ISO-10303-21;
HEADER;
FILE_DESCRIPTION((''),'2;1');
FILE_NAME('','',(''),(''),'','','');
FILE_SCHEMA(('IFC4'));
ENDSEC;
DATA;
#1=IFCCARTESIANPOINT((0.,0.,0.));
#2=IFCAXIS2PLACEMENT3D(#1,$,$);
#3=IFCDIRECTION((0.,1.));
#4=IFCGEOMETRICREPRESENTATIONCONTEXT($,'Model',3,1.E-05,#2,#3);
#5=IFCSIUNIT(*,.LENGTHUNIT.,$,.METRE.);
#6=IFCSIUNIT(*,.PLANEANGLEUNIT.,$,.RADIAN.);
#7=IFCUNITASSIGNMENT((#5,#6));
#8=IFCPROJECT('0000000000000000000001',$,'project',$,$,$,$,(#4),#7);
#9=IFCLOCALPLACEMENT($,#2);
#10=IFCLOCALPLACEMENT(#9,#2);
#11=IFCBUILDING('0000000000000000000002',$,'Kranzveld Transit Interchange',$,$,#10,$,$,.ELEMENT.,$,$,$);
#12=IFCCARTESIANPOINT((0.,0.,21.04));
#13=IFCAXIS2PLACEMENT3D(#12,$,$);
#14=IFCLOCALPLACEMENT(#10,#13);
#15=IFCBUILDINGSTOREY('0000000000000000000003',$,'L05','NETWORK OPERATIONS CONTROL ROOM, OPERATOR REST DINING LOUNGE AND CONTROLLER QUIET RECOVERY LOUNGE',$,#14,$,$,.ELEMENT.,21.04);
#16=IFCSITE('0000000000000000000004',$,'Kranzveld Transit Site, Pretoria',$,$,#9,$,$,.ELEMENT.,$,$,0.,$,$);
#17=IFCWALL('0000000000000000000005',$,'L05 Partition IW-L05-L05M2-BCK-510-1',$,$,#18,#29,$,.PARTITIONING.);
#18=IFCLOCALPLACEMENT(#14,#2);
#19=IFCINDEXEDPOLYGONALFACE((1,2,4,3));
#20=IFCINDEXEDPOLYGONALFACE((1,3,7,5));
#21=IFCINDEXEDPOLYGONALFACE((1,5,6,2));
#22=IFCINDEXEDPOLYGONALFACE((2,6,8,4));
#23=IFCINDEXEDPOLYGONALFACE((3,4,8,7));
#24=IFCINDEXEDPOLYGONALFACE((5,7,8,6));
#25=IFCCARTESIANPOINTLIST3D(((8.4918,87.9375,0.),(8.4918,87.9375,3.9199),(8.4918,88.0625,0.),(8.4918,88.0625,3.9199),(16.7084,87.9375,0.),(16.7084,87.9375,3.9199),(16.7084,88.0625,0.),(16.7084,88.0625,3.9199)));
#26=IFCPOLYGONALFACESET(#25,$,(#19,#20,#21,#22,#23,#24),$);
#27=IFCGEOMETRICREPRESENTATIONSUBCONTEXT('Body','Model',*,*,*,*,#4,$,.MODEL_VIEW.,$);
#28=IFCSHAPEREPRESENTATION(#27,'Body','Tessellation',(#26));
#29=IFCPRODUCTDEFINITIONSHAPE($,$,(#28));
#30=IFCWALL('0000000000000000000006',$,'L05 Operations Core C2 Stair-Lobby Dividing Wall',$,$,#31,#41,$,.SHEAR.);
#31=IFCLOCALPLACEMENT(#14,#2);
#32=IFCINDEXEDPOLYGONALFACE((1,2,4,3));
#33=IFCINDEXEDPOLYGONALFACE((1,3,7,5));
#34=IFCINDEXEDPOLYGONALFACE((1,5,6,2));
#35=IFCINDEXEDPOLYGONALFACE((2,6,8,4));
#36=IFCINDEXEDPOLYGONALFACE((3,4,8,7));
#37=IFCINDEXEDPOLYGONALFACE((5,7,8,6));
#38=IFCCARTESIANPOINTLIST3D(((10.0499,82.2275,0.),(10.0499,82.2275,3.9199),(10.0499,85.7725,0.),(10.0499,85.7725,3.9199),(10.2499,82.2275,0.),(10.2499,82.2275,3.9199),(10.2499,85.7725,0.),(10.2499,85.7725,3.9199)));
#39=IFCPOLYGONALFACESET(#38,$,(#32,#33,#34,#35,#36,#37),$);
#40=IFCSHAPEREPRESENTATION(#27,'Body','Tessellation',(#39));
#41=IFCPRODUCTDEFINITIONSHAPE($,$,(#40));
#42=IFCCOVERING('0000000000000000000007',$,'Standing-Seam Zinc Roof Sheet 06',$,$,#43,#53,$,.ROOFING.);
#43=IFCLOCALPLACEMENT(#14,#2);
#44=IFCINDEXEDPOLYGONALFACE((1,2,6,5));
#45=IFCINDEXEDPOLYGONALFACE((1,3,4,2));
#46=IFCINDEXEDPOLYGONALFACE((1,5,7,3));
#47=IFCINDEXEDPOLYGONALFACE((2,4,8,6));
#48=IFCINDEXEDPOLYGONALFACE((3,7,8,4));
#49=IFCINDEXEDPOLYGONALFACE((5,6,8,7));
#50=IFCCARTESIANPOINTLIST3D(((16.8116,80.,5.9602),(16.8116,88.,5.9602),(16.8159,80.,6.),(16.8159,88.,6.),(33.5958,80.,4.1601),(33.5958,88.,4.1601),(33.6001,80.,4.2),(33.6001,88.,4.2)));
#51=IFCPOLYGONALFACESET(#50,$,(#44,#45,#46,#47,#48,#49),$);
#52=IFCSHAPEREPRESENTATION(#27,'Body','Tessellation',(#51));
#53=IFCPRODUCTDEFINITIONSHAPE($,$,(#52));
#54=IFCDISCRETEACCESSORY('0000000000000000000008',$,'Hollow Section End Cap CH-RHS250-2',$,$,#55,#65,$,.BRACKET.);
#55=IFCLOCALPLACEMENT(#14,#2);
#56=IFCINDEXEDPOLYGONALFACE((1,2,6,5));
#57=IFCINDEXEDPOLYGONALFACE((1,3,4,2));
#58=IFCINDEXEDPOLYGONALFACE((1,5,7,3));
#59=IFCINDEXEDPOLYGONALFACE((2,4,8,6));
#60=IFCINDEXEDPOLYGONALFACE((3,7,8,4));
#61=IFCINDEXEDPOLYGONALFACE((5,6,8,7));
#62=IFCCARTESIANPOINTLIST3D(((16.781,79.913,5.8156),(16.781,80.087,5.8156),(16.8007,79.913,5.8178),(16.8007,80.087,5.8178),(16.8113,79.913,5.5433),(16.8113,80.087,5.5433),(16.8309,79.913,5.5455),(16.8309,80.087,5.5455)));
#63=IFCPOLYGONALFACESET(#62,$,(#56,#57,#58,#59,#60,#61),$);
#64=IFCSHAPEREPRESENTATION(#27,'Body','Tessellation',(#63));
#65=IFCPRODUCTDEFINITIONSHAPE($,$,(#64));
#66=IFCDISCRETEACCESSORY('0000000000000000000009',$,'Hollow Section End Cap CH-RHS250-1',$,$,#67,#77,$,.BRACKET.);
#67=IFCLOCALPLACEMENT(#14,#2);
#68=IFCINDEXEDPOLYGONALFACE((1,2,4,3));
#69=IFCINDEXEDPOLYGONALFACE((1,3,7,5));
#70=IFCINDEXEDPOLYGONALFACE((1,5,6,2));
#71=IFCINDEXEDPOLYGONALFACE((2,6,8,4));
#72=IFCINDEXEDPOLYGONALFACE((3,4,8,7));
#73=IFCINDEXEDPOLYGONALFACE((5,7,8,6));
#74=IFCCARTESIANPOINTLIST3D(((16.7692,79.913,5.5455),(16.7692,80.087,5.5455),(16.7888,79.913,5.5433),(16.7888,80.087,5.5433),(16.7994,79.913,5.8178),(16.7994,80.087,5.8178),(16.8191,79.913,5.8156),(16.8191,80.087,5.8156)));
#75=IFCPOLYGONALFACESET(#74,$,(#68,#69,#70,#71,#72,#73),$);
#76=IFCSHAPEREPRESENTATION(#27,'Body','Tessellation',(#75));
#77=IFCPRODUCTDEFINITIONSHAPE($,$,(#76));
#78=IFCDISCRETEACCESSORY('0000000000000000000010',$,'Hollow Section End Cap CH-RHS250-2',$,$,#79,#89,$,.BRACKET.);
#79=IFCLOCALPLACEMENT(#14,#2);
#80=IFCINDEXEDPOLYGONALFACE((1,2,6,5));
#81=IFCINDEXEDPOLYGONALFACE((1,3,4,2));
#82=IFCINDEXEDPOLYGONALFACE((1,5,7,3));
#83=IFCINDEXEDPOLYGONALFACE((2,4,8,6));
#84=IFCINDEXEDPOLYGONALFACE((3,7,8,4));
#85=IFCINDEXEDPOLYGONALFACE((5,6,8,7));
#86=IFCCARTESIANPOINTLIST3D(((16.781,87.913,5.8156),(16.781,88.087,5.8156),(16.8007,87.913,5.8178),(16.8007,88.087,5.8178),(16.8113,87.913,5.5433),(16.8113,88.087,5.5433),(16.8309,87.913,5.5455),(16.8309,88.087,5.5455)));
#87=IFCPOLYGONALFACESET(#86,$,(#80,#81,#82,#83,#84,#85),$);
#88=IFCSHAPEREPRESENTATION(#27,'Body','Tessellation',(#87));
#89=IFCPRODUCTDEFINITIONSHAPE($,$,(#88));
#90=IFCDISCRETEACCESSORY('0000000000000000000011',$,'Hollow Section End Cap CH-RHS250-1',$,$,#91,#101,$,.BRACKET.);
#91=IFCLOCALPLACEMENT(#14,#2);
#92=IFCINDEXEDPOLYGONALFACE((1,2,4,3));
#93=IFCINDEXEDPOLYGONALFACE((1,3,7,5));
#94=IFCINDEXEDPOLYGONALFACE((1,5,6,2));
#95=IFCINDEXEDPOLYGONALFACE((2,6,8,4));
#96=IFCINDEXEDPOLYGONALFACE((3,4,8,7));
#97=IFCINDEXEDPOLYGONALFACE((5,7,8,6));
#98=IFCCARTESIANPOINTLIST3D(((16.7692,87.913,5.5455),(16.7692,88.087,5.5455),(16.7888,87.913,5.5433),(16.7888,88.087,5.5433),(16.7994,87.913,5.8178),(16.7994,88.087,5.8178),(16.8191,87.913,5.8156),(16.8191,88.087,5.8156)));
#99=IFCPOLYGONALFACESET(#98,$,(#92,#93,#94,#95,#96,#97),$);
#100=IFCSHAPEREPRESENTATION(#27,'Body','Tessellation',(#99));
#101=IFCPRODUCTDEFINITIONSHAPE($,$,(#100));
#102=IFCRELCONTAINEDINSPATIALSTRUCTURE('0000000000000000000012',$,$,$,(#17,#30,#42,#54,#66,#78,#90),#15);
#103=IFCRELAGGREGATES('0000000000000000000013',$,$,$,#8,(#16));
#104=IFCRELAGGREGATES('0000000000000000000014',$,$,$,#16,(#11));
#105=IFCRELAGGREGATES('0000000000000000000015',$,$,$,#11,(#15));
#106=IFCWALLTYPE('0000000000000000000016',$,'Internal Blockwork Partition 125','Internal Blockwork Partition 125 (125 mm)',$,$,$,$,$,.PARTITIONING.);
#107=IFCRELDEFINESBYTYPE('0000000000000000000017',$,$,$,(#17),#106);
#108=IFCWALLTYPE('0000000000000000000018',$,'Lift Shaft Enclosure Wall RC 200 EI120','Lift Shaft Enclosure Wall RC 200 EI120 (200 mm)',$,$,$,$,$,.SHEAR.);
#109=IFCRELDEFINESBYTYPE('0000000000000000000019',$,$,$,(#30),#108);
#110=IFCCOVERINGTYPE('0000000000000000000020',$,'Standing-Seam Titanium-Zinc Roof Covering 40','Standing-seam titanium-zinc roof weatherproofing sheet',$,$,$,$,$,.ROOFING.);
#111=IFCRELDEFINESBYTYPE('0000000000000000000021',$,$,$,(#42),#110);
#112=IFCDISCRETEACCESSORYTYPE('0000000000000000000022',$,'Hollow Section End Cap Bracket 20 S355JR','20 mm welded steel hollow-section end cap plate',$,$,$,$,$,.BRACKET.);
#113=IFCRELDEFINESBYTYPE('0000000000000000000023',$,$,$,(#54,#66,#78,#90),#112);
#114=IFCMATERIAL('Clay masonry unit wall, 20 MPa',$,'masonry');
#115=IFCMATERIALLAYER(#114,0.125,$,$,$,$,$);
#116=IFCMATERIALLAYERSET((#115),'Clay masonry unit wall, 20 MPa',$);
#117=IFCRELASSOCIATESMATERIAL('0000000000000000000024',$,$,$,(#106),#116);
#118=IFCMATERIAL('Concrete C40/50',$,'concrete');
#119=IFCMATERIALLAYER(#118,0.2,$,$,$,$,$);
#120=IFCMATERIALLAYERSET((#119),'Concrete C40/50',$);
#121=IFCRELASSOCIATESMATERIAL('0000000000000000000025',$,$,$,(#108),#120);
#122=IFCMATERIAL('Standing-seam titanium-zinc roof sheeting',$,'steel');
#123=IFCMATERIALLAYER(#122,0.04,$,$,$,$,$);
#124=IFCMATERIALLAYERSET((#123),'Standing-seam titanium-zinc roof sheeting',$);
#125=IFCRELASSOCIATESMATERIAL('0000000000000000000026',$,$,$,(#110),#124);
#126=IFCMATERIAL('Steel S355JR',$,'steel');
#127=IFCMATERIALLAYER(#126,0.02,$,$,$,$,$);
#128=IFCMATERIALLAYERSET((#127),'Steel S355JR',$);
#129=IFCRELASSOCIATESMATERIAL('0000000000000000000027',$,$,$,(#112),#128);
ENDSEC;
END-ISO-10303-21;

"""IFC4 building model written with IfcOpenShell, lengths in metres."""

from ifc_helpers import new_model, si_unit, direction, frame, frame_2d, origin, origin_2d, place, context, subcontext, project, spatial, polyline, rectangle, outline, extrude, material, layer, layer_set, type_object, element, save


model = new_model("IFC4")

# Units and contexts
model_context = context("Model", 3, precision=1e-05, world=origin(), true_north=direction((0.0, 1.0)))
body_context = subcontext(model_context, "Body", "Model", "MODEL_VIEW")
ifc_project = project(units=[si_unit("LENGTHUNIT", "METRE"), si_unit("PLANEANGLEUNIT", "RADIAN")], contexts=[model_context])

# Site, building, storey
site_placement = place(None, origin())
site = spatial("IfcSite", under=ifc_project, at=site_placement, Name="Kranzveld Transit Site, Pretoria", CompositionType="ELEMENT", RefElevation=0.0)
building_placement = place(site_placement, origin())
building = spatial("IfcBuilding", under=site, at=building_placement, Name="Kranzveld Transit Interchange", CompositionType="ELEMENT")
storey_placement = place(building_placement, frame((0.0, 0.0, 21.04)))
storey = spatial("IfcBuildingStorey", under=building, at=storey_placement, Name="L05", Description="NETWORK OPERATIONS CONTROL ROOM, OPERATOR REST DINING LOUNGE AND CONTROLLER QUIET RECOVERY LOUNGE", CompositionType="ELEMENT", Elevation=21.04)

# Walls
ifc_material_1 = material(Name="Clay masonry unit wall, 20 MPa", Category="masonry")
ifc_layer_1 = layer(ifc_material_1, 0.125)
ifc_layer_set_1 = layer_set([ifc_layer_1], Name="Clay masonry unit wall, 20 MPa")
wall_type_1 = type_object("IfcWallType", Name="Internal Blockwork Partition 125", Description="Internal Blockwork Partition 125 (125 mm)", PredefinedType="PARTITIONING", material=ifc_layer_set_1)
wall_1_placement = place(storey_placement, frame((8.4917, 88.0, 0.0), z_axis=(0.0, 0.0, 1.0), x_axis=(1.0, 0.0, 0.0)))
element("IfcWall", 1, at=wall_1_placement, inside=storey, type_object=wall_type_1, Name="L05 Partition IW-L05-L05M2-BCK-510-1", PredefinedType="PARTITIONING", context=body_context, shape_type="SweptSolid", body=[
    extrude(rectangle(XDim=8.2166, YDim=0.125, at=frame_2d((4.1084, 0.0))), origin(), (0.0, 0.0, 1.0), 3.9199),
])
ifc_material_2 = material(Name="Concrete C40/50", Category="concrete")
ifc_layer_2 = layer(ifc_material_2, 0.2)
ifc_layer_set_2 = layer_set([ifc_layer_2], Name="Concrete C40/50")
wall_type_2 = type_object("IfcWallType", Name="Lift Shaft Enclosure Wall RC 200 EI120", Description="Lift Shaft Enclosure Wall RC 200 EI120 (200 mm)", PredefinedType="SHEAR", material=ifc_layer_set_2)
wall_2_placement = place(storey_placement, frame((10.1499, 82.2275, 0.0), z_axis=(0.0, 0.0, 1.0), x_axis=(0.0, 1.0, 0.0)))
element("IfcWall", 2, at=wall_2_placement, inside=storey, type_object=wall_type_2, Name="L05 Operations Core C2 Stair-Lobby Dividing Wall", PredefinedType="SHEAR", context=body_context, shape_type="SweptSolid", body=[
    extrude(rectangle(XDim=3.5449, YDim=0.2, at=frame_2d((1.7725, 0.0))), origin(), (0.0, 0.0, 1.0), 3.9199),
])

# Covering
ifc_material_3 = material(Name="Standing-seam titanium-zinc roof sheeting", Category="steel")
ifc_layer_3 = layer(ifc_material_3, 0.04)
ifc_layer_set_3 = layer_set([ifc_layer_3], Name="Standing-seam titanium-zinc roof sheeting")
covering_type = type_object("IfcCoveringType", Name="Standing-Seam Titanium-Zinc Roof Covering 40", Description="Standing-seam titanium-zinc roof weatherproofing sheet", PredefinedType="ROOFING", material=ifc_layer_set_3)
covering_placement = place(storey_placement, frame((16.8159, 80.0, 6.0), z_axis=(0.106635, 0.0, 0.994298), x_axis=(0.994298, 0.0, -0.106635)))
element("IfcCovering", 3, at=covering_placement, inside=storey, type_object=covering_type, Name="Standing-Seam Zinc Roof Sheet 06", PredefinedType="ROOFING", context=body_context, shape_type="SweptSolid", body=[
    extrude(outline(polyline([(0.0, 0.0), (16.8804, 0.0), (16.8804, 8.0), (0.0, 8.0), (0.0, 0.0)])), origin(), (0.0, 0.0, -1.0), 0.04),
])

# Discrete accessories
ifc_material_4 = material(Name="Steel S355JR", Category="steel")
ifc_layer_4 = layer(ifc_material_4, 0.02)
ifc_layer_set_4 = layer_set([ifc_layer_4], Name="Steel S355JR")
discrete_accessory_type = type_object("IfcDiscreteAccessoryType", Name="Hollow Section End Cap Bracket 20 S355JR", Description="20 mm welded steel hollow-section end cap plate", PredefinedType="BRACKET", material=ifc_layer_set_4)
for number, where, z_axis, x_axis, name in (
    (4, (16.7961, 80.0, 5.6794), (0.993884, 0.0, 0.110432), (0.0, 1.0, 0.0), "Hollow Section End Cap CH-RHS250-2"),
    (5, (16.804, 80.0, 5.6794), (-0.993884, 0.0, 0.110432), (0.0, -1.0, 0.0), "Hollow Section End Cap CH-RHS250-1"),
    (6, (16.7961, 88.0, 5.6794), (0.993884, 0.0, 0.110432), (0.0, 1.0, 0.0), "Hollow Section End Cap CH-RHS250-2"),
    (7, (16.804, 88.0, 5.6794), (-0.993884, 0.0, 0.110432), (0.0, -1.0, 0.0), "Hollow Section End Cap CH-RHS250-1"),
):
    element("IfcDiscreteAccessory", number, at=place(storey_placement, frame(where, z_axis=z_axis, x_axis=x_axis)), inside=storey, type_object=discrete_accessory_type, Name=name, PredefinedType="BRACKET", context=body_context, shape_type="SweptSolid", body=[
        extrude(rectangle(XDim=0.1741, YDim=0.2739, at=origin_2d()), origin(), (0.0, 0.0, 1.0), 0.0198),
    ])

save(model, "model.ifc")
